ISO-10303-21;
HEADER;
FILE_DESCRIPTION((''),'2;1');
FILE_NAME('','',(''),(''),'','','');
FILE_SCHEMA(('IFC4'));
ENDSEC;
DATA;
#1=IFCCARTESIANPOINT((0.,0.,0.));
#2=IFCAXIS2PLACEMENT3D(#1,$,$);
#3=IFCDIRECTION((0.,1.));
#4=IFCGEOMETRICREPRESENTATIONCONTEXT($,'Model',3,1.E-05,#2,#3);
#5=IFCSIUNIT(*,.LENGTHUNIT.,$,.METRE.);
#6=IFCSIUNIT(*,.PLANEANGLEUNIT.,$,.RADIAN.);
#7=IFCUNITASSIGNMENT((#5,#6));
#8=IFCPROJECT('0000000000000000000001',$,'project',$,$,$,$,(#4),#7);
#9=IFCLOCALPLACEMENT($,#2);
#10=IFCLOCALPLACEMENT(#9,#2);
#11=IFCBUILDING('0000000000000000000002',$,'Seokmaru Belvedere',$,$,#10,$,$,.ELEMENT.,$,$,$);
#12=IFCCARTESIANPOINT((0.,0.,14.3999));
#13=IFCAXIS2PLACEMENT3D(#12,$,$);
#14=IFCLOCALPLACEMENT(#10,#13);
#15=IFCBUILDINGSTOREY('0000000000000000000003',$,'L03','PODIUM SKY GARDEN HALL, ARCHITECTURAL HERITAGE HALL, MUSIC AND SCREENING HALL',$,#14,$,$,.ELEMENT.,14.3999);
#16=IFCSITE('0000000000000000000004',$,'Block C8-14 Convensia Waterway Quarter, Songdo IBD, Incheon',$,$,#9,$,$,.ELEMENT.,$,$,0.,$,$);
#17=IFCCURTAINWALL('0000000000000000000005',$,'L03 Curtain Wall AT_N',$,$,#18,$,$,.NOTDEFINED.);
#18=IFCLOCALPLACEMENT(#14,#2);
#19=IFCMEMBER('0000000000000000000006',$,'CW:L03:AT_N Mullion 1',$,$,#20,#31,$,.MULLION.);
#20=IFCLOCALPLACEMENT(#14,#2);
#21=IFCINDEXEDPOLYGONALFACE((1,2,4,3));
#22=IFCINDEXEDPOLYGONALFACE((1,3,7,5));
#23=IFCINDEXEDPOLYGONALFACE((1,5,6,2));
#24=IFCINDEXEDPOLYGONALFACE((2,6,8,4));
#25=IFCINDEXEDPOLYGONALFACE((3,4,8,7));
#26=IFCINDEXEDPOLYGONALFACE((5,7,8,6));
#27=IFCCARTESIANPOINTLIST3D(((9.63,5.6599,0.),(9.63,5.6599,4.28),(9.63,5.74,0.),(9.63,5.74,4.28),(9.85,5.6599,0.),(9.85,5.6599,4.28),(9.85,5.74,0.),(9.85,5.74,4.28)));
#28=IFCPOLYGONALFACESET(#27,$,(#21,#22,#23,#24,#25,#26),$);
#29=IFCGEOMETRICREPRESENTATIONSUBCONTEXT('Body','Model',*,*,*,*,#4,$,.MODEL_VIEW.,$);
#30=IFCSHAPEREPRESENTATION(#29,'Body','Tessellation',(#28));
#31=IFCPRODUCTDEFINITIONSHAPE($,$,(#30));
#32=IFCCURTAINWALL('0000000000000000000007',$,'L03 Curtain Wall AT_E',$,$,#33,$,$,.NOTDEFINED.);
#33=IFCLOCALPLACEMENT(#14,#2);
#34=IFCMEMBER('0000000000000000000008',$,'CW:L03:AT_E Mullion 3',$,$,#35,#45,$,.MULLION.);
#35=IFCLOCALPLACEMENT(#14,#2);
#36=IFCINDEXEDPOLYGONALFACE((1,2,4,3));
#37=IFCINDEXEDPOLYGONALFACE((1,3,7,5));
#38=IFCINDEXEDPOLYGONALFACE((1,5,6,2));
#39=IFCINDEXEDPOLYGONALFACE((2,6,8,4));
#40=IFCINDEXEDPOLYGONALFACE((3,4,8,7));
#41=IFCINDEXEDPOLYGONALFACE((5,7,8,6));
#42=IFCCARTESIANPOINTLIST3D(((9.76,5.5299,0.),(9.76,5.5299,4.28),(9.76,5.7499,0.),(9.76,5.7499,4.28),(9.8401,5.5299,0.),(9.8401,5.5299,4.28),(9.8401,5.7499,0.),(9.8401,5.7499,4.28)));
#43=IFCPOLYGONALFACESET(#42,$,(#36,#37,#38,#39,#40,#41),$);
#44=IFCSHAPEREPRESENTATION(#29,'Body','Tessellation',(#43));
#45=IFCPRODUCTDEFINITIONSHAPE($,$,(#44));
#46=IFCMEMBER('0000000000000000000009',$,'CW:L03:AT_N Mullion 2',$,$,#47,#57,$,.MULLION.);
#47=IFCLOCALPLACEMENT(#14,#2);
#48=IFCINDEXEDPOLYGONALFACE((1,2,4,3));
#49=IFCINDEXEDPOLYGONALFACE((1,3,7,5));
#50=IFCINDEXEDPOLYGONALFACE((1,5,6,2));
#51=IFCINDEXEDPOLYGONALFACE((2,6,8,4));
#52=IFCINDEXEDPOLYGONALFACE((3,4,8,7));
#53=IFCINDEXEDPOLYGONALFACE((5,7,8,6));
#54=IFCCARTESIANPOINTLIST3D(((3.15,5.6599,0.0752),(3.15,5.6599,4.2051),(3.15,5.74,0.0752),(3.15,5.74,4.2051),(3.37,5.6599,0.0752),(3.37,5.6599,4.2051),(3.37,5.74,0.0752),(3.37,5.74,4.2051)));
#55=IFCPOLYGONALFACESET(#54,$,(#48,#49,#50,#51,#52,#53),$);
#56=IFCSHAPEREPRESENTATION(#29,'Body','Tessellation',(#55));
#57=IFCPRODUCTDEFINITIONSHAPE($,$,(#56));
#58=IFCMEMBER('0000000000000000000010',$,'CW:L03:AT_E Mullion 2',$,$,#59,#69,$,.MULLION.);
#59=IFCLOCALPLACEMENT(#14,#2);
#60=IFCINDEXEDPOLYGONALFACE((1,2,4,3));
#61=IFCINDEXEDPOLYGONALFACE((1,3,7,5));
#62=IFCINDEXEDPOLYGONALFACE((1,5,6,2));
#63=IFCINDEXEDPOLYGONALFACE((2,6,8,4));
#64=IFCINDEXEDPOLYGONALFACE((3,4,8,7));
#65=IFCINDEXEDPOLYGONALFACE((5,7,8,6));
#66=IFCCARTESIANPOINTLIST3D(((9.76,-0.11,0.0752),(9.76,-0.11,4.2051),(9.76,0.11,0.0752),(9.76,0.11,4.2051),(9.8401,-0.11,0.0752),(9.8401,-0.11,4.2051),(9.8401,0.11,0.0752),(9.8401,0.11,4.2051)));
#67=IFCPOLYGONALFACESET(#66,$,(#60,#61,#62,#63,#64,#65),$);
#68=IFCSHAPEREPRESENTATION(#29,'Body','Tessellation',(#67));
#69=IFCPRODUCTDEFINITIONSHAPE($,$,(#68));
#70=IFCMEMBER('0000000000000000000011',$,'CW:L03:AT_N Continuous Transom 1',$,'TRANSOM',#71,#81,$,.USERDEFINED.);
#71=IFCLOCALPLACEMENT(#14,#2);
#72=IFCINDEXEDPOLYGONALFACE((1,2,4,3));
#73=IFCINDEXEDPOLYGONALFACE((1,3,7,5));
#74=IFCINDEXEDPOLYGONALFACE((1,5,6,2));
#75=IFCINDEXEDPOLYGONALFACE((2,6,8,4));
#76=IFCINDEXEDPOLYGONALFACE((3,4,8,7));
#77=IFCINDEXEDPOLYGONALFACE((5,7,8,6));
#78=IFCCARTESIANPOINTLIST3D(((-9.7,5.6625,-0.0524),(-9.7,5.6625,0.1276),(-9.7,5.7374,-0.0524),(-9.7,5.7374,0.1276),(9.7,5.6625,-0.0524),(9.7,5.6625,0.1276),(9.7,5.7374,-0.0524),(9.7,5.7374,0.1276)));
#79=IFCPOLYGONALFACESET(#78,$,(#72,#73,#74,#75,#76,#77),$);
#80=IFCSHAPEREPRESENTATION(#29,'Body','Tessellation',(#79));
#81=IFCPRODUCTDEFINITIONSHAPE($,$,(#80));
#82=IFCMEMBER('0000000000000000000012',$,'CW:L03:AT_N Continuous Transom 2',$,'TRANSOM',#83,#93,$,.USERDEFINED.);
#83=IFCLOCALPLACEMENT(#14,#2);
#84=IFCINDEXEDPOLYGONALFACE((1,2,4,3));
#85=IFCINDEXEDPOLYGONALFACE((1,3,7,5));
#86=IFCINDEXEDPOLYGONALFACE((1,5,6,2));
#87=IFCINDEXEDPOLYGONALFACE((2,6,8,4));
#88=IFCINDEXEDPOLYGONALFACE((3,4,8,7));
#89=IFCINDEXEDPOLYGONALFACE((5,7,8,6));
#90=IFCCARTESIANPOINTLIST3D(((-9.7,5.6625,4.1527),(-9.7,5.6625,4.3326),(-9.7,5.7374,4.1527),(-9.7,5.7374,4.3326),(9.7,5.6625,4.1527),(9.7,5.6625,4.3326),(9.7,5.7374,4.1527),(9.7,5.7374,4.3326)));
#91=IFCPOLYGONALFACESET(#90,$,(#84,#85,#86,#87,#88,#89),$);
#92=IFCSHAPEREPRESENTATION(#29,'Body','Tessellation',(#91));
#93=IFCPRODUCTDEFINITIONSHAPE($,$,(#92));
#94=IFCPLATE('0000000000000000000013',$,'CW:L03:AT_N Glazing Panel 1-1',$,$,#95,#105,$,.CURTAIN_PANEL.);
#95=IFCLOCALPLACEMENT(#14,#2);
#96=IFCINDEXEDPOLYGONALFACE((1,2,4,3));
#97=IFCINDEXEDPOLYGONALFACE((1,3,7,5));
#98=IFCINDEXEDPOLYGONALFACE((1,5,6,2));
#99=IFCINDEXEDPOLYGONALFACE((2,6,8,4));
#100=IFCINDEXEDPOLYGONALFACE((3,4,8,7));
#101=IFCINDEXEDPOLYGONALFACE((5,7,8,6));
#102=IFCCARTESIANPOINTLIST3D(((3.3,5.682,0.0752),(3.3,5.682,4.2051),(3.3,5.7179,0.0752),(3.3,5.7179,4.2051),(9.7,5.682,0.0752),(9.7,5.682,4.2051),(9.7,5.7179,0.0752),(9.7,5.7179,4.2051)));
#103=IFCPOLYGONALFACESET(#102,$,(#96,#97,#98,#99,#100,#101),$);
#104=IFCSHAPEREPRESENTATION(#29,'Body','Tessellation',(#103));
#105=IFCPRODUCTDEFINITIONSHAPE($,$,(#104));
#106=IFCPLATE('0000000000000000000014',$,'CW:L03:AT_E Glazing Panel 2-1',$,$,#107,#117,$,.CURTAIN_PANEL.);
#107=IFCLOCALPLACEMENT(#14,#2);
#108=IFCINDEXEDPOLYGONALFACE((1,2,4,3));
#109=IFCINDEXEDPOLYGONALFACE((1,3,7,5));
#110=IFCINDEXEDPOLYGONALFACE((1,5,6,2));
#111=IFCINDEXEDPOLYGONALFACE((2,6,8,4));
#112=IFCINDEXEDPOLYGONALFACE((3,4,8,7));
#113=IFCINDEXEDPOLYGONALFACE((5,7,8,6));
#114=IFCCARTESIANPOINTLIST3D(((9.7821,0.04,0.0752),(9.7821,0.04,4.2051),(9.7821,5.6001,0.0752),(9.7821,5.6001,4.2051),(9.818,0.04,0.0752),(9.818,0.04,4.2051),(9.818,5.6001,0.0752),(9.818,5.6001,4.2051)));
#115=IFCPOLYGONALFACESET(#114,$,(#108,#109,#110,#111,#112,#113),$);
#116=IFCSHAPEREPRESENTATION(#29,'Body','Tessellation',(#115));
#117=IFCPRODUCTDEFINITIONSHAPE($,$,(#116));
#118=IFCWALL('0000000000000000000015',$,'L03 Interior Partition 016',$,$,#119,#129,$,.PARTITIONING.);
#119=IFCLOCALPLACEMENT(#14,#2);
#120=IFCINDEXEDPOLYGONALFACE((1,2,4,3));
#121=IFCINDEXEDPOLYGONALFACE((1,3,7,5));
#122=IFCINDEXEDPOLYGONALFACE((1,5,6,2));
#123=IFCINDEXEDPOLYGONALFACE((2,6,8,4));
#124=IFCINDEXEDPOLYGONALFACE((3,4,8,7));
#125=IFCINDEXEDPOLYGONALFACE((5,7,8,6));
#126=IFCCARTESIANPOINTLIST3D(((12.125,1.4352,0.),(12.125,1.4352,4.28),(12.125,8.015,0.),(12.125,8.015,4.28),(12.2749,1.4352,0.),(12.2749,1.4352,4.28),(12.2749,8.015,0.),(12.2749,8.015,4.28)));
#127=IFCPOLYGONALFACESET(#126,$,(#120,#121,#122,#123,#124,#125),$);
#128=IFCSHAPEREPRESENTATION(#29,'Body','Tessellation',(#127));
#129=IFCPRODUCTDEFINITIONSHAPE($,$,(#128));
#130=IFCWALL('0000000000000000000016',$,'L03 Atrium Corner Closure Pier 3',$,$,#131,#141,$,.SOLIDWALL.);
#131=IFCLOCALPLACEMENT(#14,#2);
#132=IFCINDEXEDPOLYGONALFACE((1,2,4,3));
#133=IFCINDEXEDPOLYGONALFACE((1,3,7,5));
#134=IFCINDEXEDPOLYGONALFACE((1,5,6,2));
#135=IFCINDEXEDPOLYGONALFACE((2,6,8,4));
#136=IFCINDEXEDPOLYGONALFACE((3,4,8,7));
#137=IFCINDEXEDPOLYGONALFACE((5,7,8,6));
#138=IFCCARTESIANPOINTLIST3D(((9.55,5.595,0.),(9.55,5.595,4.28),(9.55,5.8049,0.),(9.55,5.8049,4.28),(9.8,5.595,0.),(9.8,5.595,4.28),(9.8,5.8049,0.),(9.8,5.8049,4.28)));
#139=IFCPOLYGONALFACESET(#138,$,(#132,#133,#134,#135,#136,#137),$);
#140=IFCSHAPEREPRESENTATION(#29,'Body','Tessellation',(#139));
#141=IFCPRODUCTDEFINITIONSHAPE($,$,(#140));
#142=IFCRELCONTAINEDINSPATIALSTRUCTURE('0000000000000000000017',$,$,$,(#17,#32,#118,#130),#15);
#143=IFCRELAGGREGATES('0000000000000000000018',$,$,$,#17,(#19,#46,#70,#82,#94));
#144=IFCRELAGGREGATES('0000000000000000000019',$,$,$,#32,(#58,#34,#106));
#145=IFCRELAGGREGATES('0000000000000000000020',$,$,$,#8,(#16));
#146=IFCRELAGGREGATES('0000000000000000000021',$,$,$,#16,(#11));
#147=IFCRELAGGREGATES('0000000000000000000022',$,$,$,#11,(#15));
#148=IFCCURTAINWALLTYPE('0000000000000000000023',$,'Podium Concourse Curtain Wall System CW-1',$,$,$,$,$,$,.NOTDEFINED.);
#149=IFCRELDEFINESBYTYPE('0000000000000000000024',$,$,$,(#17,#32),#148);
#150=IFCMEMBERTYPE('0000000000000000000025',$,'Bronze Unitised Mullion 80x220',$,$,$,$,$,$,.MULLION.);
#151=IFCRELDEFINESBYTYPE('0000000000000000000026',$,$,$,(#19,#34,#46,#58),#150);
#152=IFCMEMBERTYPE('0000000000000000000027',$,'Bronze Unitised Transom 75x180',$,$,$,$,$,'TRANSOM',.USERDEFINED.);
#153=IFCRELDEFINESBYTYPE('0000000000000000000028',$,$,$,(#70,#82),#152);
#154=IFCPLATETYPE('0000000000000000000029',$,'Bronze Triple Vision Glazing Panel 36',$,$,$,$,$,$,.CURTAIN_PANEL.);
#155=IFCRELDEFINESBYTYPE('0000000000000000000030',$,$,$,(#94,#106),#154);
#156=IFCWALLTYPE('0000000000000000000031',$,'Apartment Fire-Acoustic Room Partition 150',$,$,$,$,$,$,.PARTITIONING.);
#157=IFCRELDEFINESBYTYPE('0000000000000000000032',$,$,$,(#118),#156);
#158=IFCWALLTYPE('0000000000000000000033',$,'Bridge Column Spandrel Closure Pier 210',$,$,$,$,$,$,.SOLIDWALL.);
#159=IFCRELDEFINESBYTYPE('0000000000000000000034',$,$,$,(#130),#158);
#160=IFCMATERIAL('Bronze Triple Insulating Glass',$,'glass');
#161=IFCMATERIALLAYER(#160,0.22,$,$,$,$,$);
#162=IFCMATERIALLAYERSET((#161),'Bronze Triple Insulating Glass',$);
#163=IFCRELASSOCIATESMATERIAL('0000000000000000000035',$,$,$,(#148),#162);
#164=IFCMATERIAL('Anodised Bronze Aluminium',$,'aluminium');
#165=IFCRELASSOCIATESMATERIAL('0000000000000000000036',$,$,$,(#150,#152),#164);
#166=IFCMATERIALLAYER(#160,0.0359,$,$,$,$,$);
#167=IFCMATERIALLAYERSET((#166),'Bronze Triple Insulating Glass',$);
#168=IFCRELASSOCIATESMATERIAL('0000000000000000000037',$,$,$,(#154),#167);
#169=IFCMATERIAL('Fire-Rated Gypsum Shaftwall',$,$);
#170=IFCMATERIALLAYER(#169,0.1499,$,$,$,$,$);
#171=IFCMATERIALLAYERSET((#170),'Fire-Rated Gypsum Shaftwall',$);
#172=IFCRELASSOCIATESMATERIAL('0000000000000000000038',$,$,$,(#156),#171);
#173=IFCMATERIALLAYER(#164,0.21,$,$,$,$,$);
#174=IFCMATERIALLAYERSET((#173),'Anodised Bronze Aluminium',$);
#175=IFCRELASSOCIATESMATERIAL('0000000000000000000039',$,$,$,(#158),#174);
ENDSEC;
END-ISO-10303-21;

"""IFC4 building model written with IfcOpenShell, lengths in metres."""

from ifc_helpers import new_model, si_unit, direction, frame, frame_2d, origin, origin_2d, place, context, subcontext, project, spatial, rectangle, extrude, source, transform, mapped, material, layer, layer_set, material_profile, profile_set, type_object, type_shapes, element, aggregate, save


model = new_model("IFC4")

# Units and contexts
model_context = context("Model", 3, precision=1e-05, world=origin(), true_north=direction((0.0, 1.0)))
body_context = subcontext(model_context, "Body", "Model", "MODEL_VIEW")
ifc_project = project(units=[si_unit("LENGTHUNIT", "METRE"), si_unit("PLANEANGLEUNIT", "RADIAN")], contexts=[model_context])

# Site, building, storey
site_placement = place(None, origin())
site = spatial("IfcSite", under=ifc_project, at=site_placement, Name="Block C8-14 Convensia Waterway Quarter, Songdo IBD, Incheon", CompositionType="ELEMENT", RefElevation=0.0)
building_placement = place(site_placement, origin())
building = spatial("IfcBuilding", under=site, at=building_placement, Name="Seokmaru Belvedere", CompositionType="ELEMENT")
storey_placement = place(building_placement, frame((0.0, 0.0, 14.3999)))
storey = spatial("IfcBuildingStorey", under=building, at=storey_placement, Name="L03", Description="PODIUM SKY GARDEN HALL, ARCHITECTURAL HERITAGE HALL, MUSIC AND SCREENING HALL", CompositionType="ELEMENT", Elevation=14.3999)

# Curtain walls, members
ifc_material_1 = material(Name="Bronze Triple Insulating Glass", Category="glass")
ifc_layer_1 = layer(ifc_material_1, 0.22)
ifc_layer_set_1 = layer_set([ifc_layer_1], Name="Bronze Triple Insulating Glass")
curtain_wall_type = type_object("IfcCurtainWallType", Name="Podium Concourse Curtain Wall System CW-1", PredefinedType="NOTDEFINED", material=ifc_layer_set_1)
curtain_wall_1_placement = place(storey_placement, origin())
curtain_wall_1 = element("IfcCurtainWall", 1, at=curtain_wall_1_placement, inside=storey, type_object=curtain_wall_type, Name="L03 Curtain Wall AT_N", PredefinedType="NOTDEFINED")
ifc_material_2 = material(Name="Anodised Bronze Aluminium", Category="aluminium")
ifc_material_profile_1 = material_profile(ifc_material_2, rectangle(XDim=0.0801, YDim=0.22, at=origin_2d()), Name="CW-M-80x220")
ifc_profile_set_1 = profile_set([ifc_material_profile_1], Name="Anodised Bronze Aluminium")
member_type_1 = type_object("IfcMemberType", Name="Bronze Unitised Mullion 80x220", PredefinedType="MULLION", material=ifc_profile_set_1)
shared_shape_1 = source(origin(), body_context, "Body", "SweptSolid", [
    extrude(rectangle(XDim=0.0801, YDim=0.22, at=origin_2d()), origin(), (0.0, 0.0, 1.0), 4.28),
])
member_1_placement = place(storey_placement, frame((9.74, 5.7, 0.0), z_axis=(0.0, 0.0, 1.0), x_axis=(0.0, -1.0, 0.0)))
member_1 = element("IfcMember", 2, at=member_1_placement, type_object=member_type_1, Name="CW:L03:AT_N Mullion 1", PredefinedType="MULLION", context=body_context, shape_type="MappedRepresentation", body=[
    mapped(shared_shape_1, transform((0.0, 0.0, 0.0), scale=1.0)),
])
curtain_wall_2_placement = place(storey_placement, origin())
curtain_wall_2 = element("IfcCurtainWall", 3, at=curtain_wall_2_placement, inside=storey, type_object=curtain_wall_type, Name="L03 Curtain Wall AT_E", PredefinedType="NOTDEFINED")
member_2_placement = place(storey_placement, frame((9.8, 5.6399, 0.0), z_axis=(0.0, 0.0, 1.0), x_axis=(-1.0, 0.0, 0.0)))
member_2 = element("IfcMember", 4, at=member_2_placement, type_object=member_type_1, Name="CW:L03:AT_E Mullion 3", PredefinedType="MULLION", context=body_context, shape_type="MappedRepresentation", body=[
    mapped(shared_shape_1, transform((0.0, 0.0, 0.0), scale=1.0)),
])

# Members
shared_shape_2 = source(origin(), body_context, "Body", "SweptSolid", [
    extrude(rectangle(XDim=0.0801, YDim=0.22, at=origin_2d()), origin(), (0.0, 0.0, 1.0), 4.1299),
])
type_shapes(member_type_1, [shared_shape_1, shared_shape_2])
member_3_placement = place(storey_placement, frame((3.26, 5.7, 0.0752), z_axis=(0.0, 0.0, 1.0), x_axis=(0.0, -1.0, 0.0)))
member_3 = element("IfcMember", 5, at=member_3_placement, type_object=member_type_1, Name="CW:L03:AT_N Mullion 2", PredefinedType="MULLION", context=body_context, shape_type="MappedRepresentation", body=[
    mapped(shared_shape_2, transform((0.0, 0.0, 0.0), scale=1.0)),
])
member_4_placement = place(storey_placement, frame((9.8, 0.0, 0.0752), z_axis=(0.0, 0.0, 1.0), x_axis=(-1.0, 0.0, 0.0)))
member_4 = element("IfcMember", 6, at=member_4_placement, type_object=member_type_1, Name="CW:L03:AT_E Mullion 2", PredefinedType="MULLION", context=body_context, shape_type="MappedRepresentation", body=[
    mapped(shared_shape_2, transform((0.0, 0.0, 0.0), scale=1.0)),
])
ifc_material_profile_2 = material_profile(ifc_material_2, rectangle(XDim=0.075, YDim=0.1799, at=origin_2d()), Name="CW-T-75x180")
ifc_profile_set_2 = profile_set([ifc_material_profile_2], Name="Anodised Bronze Aluminium")
member_type_2 = type_object("IfcMemberType", Name="Bronze Unitised Transom 75x180", ElementType="TRANSOM", PredefinedType="USERDEFINED", material=ifc_profile_set_2)
shared_shape_3 = source(origin(), body_context, "Body", "SweptSolid", [
    extrude(rectangle(XDim=0.075, YDim=0.1799, at=origin_2d()), origin(), (0.0, 0.0, 1.0), 19.3999),
])
type_shapes(member_type_2, [shared_shape_3])
member_5_placement = place(storey_placement, frame((9.7, 5.7, 0.0376), z_axis=(-1.0, 0.0, 0.0), x_axis=(0.0, -1.0, 0.0)))
member_5 = element("IfcMember", 7, at=member_5_placement, type_object=member_type_2, Name="CW:L03:AT_N Continuous Transom 1", ObjectType="TRANSOM", PredefinedType="USERDEFINED", context=body_context, shape_type="MappedRepresentation", body=[
    mapped(shared_shape_3, transform((0.0, 0.0, 0.0), scale=1.0)),
])
member_6_placement = place(storey_placement, frame((9.7, 5.7, 4.2427), z_axis=(-1.0, 0.0, 0.0), x_axis=(0.0, -1.0, 0.0)))
member_6 = element("IfcMember", 8, at=member_6_placement, type_object=member_type_2, Name="CW:L03:AT_N Continuous Transom 2", ObjectType="TRANSOM", PredefinedType="USERDEFINED", context=body_context, shape_type="MappedRepresentation", body=[
    mapped(shared_shape_3, transform((0.0, 0.0, 0.0), scale=1.0)),
])

# Plates
ifc_layer_2 = layer(ifc_material_1, 0.0359)
ifc_layer_set_2 = layer_set([ifc_layer_2], Name="Bronze Triple Insulating Glass")
plate_type = type_object("IfcPlateType", Name="Bronze Triple Vision Glazing Panel 36", PredefinedType="CURTAIN_PANEL", material=ifc_layer_set_2)
shared_shape_4 = source(origin(), body_context, "Body", "SweptSolid", [
    extrude(rectangle(XDim=6.3999, YDim=0.0359, at=origin_2d()), origin(), (0.0, 0.0, 1.0), 4.1299),
])
plate_1_placement = place(storey_placement, frame((6.5, 5.7, 0.0752), z_axis=(0.0, 0.0, 1.0), x_axis=(-1.0, 0.0, 0.0)))
plate_1 = element("IfcPlate", 9, at=plate_1_placement, type_object=plate_type, Name="CW:L03:AT_N Glazing Panel 1-1", PredefinedType="CURTAIN_PANEL", context=body_context, shape_type="MappedRepresentation", body=[
    mapped(shared_shape_4, transform((0.0, 0.0, 0.0), scale=1.0)),
])
aggregate(curtain_wall_1, [member_1, member_3, member_5, member_6, plate_1])
shared_shape_5 = source(origin(), body_context, "Body", "SweptSolid", [
    extrude(rectangle(XDim=5.5601, YDim=0.0359, at=origin_2d()), origin(), (0.0, 0.0, 1.0), 4.1299),
])
type_shapes(plate_type, [shared_shape_4, shared_shape_5])
plate_2_placement = place(storey_placement, frame((9.8, 2.8201, 0.0752), z_axis=(0.0, 0.0, 1.0), x_axis=(0.0, 1.0, 0.0)))
plate_2 = element("IfcPlate", 10, at=plate_2_placement, type_object=plate_type, Name="CW:L03:AT_E Glazing Panel 2-1", PredefinedType="CURTAIN_PANEL", context=body_context, shape_type="MappedRepresentation", body=[
    mapped(shared_shape_5, transform((0.0, 0.0, 0.0), scale=1.0)),
])
aggregate(curtain_wall_2, [member_4, member_2, plate_2])

# Walls
ifc_material_3 = material(Name="Fire-Rated Gypsum Shaftwall")
ifc_layer_3 = layer(ifc_material_3, 0.1499)
ifc_layer_set_3 = layer_set([ifc_layer_3], Name="Fire-Rated Gypsum Shaftwall")
wall_type_1 = type_object("IfcWallType", Name="Apartment Fire-Acoustic Room Partition 150", PredefinedType="PARTITIONING", material=ifc_layer_set_3)
wall_1_placement = place(storey_placement, frame((12.2, 1.4351, 0.0), z_axis=(0.0, 0.0, 1.0), x_axis=(0.0, 1.0, 0.0)))
element("IfcWall", 11, at=wall_1_placement, inside=storey, type_object=wall_type_1, Name="L03 Interior Partition 016", PredefinedType="PARTITIONING", context=body_context, shape_type="SweptSolid", body=[
    extrude(rectangle(XDim=6.5798, YDim=0.1499, at=frame_2d((3.29, 0.0))), origin(), (0.0, 0.0, 1.0), 4.28),
])
ifc_layer_4 = layer(ifc_material_2, 0.21)
ifc_layer_set_4 = layer_set([ifc_layer_4], Name="Anodised Bronze Aluminium")
wall_type_2 = type_object("IfcWallType", Name="Bridge Column Spandrel Closure Pier 210", PredefinedType="SOLIDWALL", material=ifc_layer_set_4)
wall_2_placement = place(storey_placement, frame((9.8, 5.7, 0.0), z_axis=(0.0, 0.0, 1.0), x_axis=(-1.0, 0.0, 0.0)))
element("IfcWall", 12, at=wall_2_placement, inside=storey, type_object=wall_type_2, Name="L03 Atrium Corner Closure Pier 3", PredefinedType="SOLIDWALL", context=body_context, shape_type="SweptSolid", body=[
    extrude(rectangle(XDim=0.25, YDim=0.21, at=frame_2d((0.125, 0.0))), origin(), (0.0, 0.0, 1.0), 4.28),
])

save(model, "model.ifc")
